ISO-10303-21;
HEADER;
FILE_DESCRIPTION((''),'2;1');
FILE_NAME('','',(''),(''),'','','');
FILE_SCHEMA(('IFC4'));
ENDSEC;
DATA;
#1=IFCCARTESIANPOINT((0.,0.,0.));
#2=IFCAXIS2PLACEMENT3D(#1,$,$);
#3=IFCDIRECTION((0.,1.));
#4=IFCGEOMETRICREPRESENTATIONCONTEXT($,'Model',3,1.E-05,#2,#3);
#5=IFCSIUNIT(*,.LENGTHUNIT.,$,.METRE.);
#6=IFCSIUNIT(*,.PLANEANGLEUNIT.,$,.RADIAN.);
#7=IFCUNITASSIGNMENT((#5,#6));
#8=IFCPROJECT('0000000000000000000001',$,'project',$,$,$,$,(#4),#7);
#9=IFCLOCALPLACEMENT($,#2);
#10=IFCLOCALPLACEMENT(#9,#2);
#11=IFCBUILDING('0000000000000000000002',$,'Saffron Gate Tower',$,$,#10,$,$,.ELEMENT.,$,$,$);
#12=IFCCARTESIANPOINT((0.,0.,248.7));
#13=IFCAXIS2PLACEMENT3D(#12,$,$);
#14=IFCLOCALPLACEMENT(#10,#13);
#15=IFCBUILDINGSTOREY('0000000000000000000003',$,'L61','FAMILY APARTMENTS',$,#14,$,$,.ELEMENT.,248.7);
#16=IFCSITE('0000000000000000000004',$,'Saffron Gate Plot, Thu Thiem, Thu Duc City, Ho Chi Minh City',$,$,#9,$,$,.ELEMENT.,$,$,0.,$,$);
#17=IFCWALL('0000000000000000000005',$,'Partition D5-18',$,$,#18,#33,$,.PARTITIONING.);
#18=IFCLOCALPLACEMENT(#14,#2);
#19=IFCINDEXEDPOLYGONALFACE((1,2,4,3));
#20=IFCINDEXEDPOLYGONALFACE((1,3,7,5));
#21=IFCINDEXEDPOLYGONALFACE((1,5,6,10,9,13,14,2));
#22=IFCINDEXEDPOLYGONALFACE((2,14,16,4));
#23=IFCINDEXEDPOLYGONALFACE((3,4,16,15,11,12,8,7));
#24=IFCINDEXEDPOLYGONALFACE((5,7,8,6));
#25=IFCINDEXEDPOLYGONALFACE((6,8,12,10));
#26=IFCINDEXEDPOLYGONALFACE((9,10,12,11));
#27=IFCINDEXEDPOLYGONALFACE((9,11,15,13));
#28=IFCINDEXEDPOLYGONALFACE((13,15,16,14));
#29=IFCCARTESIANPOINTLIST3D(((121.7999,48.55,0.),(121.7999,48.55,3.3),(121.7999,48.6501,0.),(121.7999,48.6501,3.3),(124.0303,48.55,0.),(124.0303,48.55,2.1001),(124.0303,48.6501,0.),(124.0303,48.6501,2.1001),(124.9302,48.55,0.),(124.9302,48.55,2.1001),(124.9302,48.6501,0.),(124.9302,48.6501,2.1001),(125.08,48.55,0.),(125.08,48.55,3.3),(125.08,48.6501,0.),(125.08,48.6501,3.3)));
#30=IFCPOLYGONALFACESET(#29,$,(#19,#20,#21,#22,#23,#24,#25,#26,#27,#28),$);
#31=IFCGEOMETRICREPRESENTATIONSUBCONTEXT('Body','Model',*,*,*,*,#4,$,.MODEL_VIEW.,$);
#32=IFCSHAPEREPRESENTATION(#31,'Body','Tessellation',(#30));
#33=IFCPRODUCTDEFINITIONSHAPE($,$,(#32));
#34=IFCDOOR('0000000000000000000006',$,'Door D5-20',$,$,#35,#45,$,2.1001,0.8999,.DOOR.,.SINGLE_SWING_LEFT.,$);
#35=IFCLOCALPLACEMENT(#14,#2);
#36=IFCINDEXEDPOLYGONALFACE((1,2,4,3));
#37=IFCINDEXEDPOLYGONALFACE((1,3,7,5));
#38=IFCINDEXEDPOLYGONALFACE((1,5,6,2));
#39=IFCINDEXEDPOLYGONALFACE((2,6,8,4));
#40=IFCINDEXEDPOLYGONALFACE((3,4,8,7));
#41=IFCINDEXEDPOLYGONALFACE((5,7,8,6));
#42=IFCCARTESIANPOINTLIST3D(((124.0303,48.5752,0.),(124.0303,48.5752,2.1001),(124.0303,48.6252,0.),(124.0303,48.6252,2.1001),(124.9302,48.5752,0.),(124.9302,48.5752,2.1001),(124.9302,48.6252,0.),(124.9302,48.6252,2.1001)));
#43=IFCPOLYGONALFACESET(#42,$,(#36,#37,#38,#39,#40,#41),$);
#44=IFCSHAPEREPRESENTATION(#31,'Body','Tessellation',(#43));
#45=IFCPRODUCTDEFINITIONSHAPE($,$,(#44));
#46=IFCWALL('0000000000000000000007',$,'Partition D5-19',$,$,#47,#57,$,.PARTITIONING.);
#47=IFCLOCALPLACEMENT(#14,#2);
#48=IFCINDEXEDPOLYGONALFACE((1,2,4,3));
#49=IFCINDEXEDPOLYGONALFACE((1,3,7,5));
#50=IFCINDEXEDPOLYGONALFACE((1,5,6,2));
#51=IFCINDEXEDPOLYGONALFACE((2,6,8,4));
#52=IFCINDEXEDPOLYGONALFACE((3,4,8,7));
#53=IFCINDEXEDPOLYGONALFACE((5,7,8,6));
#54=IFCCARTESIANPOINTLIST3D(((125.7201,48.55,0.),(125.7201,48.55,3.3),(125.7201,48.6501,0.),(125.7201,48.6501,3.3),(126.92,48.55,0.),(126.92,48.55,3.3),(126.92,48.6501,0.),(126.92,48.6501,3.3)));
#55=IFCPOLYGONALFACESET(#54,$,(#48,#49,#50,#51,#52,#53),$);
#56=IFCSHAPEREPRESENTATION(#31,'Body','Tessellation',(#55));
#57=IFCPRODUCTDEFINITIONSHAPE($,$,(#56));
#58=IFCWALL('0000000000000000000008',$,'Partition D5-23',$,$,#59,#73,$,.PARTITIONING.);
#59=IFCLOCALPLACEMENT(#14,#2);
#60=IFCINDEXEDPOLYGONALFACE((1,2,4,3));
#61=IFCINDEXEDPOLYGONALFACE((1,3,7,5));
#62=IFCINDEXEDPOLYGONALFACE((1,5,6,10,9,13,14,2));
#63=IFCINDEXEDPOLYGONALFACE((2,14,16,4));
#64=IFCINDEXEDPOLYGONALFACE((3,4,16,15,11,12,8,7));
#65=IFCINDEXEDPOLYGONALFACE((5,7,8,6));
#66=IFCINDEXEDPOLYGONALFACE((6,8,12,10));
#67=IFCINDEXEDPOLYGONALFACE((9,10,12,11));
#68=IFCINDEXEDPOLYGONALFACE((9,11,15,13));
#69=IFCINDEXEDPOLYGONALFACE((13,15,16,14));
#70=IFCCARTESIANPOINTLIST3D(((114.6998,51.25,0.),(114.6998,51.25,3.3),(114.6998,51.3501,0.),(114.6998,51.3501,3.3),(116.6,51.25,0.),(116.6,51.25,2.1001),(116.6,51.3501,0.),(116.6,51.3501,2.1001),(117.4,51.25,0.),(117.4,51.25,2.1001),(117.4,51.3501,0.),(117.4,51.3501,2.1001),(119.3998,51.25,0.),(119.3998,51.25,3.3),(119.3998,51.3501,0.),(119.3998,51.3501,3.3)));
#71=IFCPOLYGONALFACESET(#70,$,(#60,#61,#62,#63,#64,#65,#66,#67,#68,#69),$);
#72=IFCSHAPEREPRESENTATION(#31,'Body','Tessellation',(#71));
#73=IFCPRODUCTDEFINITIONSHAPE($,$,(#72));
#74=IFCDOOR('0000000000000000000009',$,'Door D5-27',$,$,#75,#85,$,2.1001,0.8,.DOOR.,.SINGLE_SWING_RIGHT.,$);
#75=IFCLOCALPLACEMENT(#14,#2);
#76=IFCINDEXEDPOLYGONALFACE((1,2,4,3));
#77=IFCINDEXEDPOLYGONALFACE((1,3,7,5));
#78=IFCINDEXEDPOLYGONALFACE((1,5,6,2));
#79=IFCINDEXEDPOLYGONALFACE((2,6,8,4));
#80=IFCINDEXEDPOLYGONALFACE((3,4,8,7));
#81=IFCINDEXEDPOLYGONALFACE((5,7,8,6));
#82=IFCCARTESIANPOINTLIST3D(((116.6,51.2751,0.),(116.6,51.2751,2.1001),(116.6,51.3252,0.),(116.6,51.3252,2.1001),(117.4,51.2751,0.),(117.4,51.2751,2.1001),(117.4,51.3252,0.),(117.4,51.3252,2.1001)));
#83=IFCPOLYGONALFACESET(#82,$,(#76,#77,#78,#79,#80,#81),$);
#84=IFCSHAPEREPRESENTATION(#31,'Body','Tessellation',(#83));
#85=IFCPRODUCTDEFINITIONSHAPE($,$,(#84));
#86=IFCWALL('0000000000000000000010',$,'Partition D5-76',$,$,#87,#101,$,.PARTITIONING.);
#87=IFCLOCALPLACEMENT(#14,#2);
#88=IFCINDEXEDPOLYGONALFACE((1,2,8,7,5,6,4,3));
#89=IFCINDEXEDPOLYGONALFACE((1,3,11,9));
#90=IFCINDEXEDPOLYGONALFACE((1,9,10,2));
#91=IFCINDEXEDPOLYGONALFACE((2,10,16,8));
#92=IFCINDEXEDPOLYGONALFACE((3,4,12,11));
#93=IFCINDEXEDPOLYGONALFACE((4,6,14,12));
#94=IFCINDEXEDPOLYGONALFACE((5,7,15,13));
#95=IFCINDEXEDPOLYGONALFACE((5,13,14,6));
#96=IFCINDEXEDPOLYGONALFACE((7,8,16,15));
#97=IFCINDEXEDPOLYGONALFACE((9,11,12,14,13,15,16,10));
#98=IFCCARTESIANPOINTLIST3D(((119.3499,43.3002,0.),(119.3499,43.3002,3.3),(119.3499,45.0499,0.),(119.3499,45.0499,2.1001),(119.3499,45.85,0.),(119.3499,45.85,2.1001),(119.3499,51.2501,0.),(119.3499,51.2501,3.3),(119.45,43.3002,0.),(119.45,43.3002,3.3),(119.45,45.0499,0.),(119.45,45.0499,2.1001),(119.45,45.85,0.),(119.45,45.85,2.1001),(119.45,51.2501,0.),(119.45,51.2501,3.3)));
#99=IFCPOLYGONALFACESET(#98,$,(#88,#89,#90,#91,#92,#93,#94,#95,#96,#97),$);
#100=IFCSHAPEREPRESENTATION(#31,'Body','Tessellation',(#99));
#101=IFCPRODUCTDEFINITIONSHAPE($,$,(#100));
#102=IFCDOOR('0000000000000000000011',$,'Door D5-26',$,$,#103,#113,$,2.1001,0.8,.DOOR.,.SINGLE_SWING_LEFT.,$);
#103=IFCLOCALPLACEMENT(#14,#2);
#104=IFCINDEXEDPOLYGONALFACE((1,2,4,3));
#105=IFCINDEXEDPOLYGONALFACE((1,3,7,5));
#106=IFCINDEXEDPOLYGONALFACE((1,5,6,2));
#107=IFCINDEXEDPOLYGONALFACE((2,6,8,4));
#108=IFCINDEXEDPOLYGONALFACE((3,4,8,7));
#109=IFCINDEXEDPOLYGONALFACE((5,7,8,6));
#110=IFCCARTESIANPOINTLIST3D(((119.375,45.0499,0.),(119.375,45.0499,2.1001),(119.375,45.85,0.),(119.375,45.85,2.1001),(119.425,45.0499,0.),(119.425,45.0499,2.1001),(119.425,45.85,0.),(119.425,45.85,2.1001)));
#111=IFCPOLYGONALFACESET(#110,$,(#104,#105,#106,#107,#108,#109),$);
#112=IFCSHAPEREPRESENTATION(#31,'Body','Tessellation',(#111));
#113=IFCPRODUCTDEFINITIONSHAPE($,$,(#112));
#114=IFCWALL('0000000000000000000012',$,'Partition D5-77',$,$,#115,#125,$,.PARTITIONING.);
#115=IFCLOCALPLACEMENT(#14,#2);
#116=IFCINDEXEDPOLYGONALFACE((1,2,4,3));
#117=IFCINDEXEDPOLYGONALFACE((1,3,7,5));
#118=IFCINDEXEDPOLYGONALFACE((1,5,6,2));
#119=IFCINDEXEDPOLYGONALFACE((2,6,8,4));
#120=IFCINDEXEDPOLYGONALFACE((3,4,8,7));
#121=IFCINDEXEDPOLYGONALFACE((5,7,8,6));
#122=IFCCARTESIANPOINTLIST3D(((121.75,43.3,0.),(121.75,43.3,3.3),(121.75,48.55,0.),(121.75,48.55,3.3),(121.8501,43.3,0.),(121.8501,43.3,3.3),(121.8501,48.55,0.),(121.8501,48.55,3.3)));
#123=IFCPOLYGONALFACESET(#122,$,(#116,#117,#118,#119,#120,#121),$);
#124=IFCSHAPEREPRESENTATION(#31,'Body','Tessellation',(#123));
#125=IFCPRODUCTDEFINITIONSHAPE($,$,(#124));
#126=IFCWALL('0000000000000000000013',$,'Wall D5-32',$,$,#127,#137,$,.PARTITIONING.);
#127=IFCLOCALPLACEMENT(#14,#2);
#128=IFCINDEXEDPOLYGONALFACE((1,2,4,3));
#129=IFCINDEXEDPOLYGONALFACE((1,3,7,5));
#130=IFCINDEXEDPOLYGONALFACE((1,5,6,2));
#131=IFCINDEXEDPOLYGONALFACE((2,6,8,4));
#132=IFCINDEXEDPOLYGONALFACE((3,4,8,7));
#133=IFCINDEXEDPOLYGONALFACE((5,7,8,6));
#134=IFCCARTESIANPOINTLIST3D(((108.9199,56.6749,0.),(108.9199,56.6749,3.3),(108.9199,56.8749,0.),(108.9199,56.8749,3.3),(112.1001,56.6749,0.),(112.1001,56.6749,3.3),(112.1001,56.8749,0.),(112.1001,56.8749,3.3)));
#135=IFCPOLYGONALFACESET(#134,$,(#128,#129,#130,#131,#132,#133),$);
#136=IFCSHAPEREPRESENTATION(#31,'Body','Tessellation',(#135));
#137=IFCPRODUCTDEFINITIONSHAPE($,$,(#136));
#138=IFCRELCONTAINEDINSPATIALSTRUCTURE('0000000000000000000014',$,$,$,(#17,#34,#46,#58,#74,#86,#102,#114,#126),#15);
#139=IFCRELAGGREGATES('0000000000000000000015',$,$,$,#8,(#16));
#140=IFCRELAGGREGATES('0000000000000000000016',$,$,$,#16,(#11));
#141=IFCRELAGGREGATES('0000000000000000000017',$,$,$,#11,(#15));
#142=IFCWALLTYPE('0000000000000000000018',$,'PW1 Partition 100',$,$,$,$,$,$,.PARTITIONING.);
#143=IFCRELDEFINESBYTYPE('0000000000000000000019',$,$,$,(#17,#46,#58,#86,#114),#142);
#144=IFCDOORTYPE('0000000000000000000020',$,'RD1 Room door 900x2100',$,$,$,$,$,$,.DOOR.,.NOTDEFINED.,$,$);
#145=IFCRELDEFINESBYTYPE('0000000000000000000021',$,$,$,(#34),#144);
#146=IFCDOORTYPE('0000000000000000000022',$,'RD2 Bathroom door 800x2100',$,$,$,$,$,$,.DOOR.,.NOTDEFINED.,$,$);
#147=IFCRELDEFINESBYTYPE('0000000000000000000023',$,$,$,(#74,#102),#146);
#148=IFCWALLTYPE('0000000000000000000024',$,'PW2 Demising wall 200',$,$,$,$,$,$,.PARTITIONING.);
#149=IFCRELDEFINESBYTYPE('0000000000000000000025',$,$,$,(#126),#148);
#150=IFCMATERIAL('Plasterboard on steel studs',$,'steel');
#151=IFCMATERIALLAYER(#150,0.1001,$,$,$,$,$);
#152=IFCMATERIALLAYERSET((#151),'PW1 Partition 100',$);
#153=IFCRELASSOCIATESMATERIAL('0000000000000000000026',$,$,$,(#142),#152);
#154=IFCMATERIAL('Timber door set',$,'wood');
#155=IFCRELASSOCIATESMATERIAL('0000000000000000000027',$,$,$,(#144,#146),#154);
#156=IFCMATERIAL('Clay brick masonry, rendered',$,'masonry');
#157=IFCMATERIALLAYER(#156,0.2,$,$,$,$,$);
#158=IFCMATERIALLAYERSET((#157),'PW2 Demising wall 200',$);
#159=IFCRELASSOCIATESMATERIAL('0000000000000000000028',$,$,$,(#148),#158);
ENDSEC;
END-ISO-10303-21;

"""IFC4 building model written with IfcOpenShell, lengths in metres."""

from ifc_helpers import new_model, si_unit, direction, frame, frame_2d, origin, place, context, subcontext, project, spatial, rectangle, extrude, material, layer, layer_set, type_object, element, fill, save


model = new_model("IFC4")

# Units and contexts
model_context = context("Model", 3, precision=1e-05, world=origin(), true_north=direction((0.0, 1.0)))
body_context = subcontext(model_context, "Body", "Model", "MODEL_VIEW")
ifc_project = project(units=[si_unit("LENGTHUNIT", "METRE"), si_unit("PLANEANGLEUNIT", "RADIAN")], contexts=[model_context])

# Site, building, storey
site_placement = place(None, origin())
site = spatial("IfcSite", under=ifc_project, at=site_placement, Name="Saffron Gate Plot, Thu Thiem, Thu Duc City, Ho Chi Minh City", CompositionType="ELEMENT", RefElevation=0.0)
building_placement = place(site_placement, origin())
building = spatial("IfcBuilding", under=site, at=building_placement, Name="Saffron Gate Tower", CompositionType="ELEMENT")
storey_placement = place(building_placement, frame((0.0, 0.0, 248.7)))
storey = spatial("IfcBuildingStorey", under=building, at=storey_placement, Name="L61", Description="FAMILY APARTMENTS", CompositionType="ELEMENT", Elevation=248.7)

# Shared definitions
ifc_material_1 = material(Name="Plasterboard on steel studs", Category="steel")
ifc_layer_1 = layer(ifc_material_1, 0.1001)
ifc_layer_set_1 = layer_set([ifc_layer_1], Name="PW1 Partition 100")
wall_type_1 = type_object("IfcWallType", Name="PW1 Partition 100", PredefinedType="PARTITIONING", material=ifc_layer_set_1)

# Wall, opening, door
wall_1_placement = place(storey_placement, frame((125.0801, 48.6001, 0.0), z_axis=(0.0, 0.0, 1.0), x_axis=(-1.0, 0.0, 0.0)))
wall_1 = element("IfcWall", 1, at=wall_1_placement, inside=storey, type_object=wall_type_1, Name="Partition D5-18", PredefinedType="PARTITIONING", context=body_context, shape_type="SweptSolid", body=[
    extrude(rectangle(XDim=3.28, YDim=0.1001, at=frame_2d((1.6401, 0.0))), origin(), (0.0, 0.0, 1.0), 3.3),
])
opening_1_placement = place(wall_1_placement, frame((0.1499, 0.0, 0.0)))
opening_1 = element("IfcOpeningElement", 2, at=opening_1_placement, cuts=wall_1, PredefinedType="OPENING", context=body_context, shape_type="SweptSolid", body=[
    extrude(rectangle(XDim=0.8999, YDim=2.1001, at=frame_2d((0.45, 1.05))), frame((0.0, 0.0601, 0.0), z_axis=(0.0, -1.0, 0.0), x_axis=(1.0, 0.0, 0.0)), (0.0, 0.0, 1.0), 0.1201),
])
ifc_material_2 = material(Name="Timber door set", Category="wood")
door_type_1 = type_object("IfcDoorType", Name="RD1 Room door 900x2100", OperationType="NOTDEFINED", PredefinedType="DOOR", material=ifc_material_2)
door_1_placement = place(opening_1_placement, origin())
door_1 = element("IfcDoor", 3, at=door_1_placement, inside=storey, type_object=door_type_1, Name="Door D5-20", OperationType="SINGLE_SWING_LEFT", OverallHeight=2.1001, OverallWidth=0.8999, PredefinedType="DOOR", context=body_context, shape_type="SweptSolid", body=[
    extrude(rectangle(XDim=0.8999, YDim=2.1001, at=frame_2d((0.45, 1.05))), frame((0.0, 0.0249, 0.0), z_axis=(0.0, -1.0, 0.0), x_axis=(1.0, 0.0, 0.0)), (0.0, 0.0, 1.0), 0.05),
])
fill(opening_1, door_1)

# Wall
wall_2_placement = place(storey_placement, frame((125.72, 48.6001, 0.0), z_axis=(0.0, 0.0, 1.0), x_axis=(1.0, 0.0, 0.0)))
element("IfcWall", 4, at=wall_2_placement, inside=storey, type_object=wall_type_1, Name="Partition D5-19", PredefinedType="PARTITIONING", context=body_context, shape_type="SweptSolid", body=[
    extrude(rectangle(XDim=1.2, YDim=0.1001, at=frame_2d((0.6001, 0.0))), origin(), (0.0, 0.0, 1.0), 3.3),
])

# Wall, opening, door
wall_3_placement = place(storey_placement, frame((119.3999, 51.3, 0.0), z_axis=(0.0, 0.0, 1.0), x_axis=(-1.0, 0.0, 0.0)))
wall_3 = element("IfcWall", 5, at=wall_3_placement, inside=storey, type_object=wall_type_1, Name="Partition D5-23", PredefinedType="PARTITIONING", context=body_context, shape_type="SweptSolid", body=[
    extrude(rectangle(XDim=4.7, YDim=0.1001, at=frame_2d((2.3501, 0.0))), origin(), (0.0, 0.0, 1.0), 3.3),
])
opening_2_placement = place(wall_3_placement, frame((2.0, 0.0, 0.0)))
opening_2 = element("IfcOpeningElement", 6, at=opening_2_placement, cuts=wall_3, PredefinedType="OPENING", context=body_context, shape_type="SweptSolid", body=[
    extrude(rectangle(XDim=0.8, YDim=2.1001, at=frame_2d((0.3999, 1.05))), frame((0.0, 0.0601, 0.0), z_axis=(0.0, -1.0, 0.0), x_axis=(1.0, 0.0, 0.0)), (0.0, 0.0, 1.0), 0.1201),
])
door_type_2 = type_object("IfcDoorType", Name="RD2 Bathroom door 800x2100", OperationType="NOTDEFINED", PredefinedType="DOOR", material=ifc_material_2)
door_2_placement = place(opening_2_placement, origin())
door_2 = element("IfcDoor", 7, at=door_2_placement, inside=storey, type_object=door_type_2, Name="Door D5-27", OperationType="SINGLE_SWING_RIGHT", OverallHeight=2.1001, OverallWidth=0.8, PredefinedType="DOOR", context=body_context, shape_type="SweptSolid", body=[
    extrude(rectangle(XDim=0.8, YDim=2.1001, at=frame_2d((0.3999, 1.05))), frame((0.0, 0.0249, 0.0), z_axis=(0.0, -1.0, 0.0), x_axis=(1.0, 0.0, 0.0)), (0.0, 0.0, 1.0), 0.05),
])
fill(opening_2, door_2)

# Wall, opening, door
wall_4_placement = place(storey_placement, frame((119.3999, 43.3, 0.0), z_axis=(0.0, 0.0, 1.0), x_axis=(0.0, 1.0, 0.0)))
wall_4 = element("IfcWall", 8, at=wall_4_placement, inside=storey, type_object=wall_type_1, Name="Partition D5-76", PredefinedType="PARTITIONING", context=body_context, shape_type="SweptSolid", body=[
    extrude(rectangle(XDim=7.95, YDim=0.1001, at=frame_2d((3.9751, 0.0))), origin(), (0.0, 0.0, 1.0), 3.3),
])
opening_3_placement = place(wall_4_placement, frame((1.75, 0.0, 0.0)))
opening_3 = element("IfcOpeningElement", 9, at=opening_3_placement, cuts=wall_4, PredefinedType="OPENING", context=body_context, shape_type="SweptSolid", body=[
    extrude(rectangle(XDim=0.8, YDim=2.1001, at=frame_2d((0.3999, 1.05))), frame((0.0, 0.0601, 0.0), z_axis=(0.0, -1.0, 0.0), x_axis=(1.0, 0.0, 0.0)), (0.0, 0.0, 1.0), 0.1201),
])
door_3_placement = place(opening_3_placement, origin())
door_3 = element("IfcDoor", 10, at=door_3_placement, inside=storey, type_object=door_type_2, Name="Door D5-26", OperationType="SINGLE_SWING_LEFT", OverallHeight=2.1001, OverallWidth=0.8, PredefinedType="DOOR", context=body_context, shape_type="SweptSolid", body=[
    extrude(rectangle(XDim=0.8, YDim=2.1001, at=frame_2d((0.3999, 1.05))), frame((0.0, 0.0249, 0.0), z_axis=(0.0, -1.0, 0.0), x_axis=(1.0, 0.0, 0.0)), (0.0, 0.0, 1.0), 0.05),
])
fill(opening_3, door_3)

# Walls
wall_5_placement = place(storey_placement, frame((121.8, 48.55, 0.0), z_axis=(0.0, 0.0, 1.0), x_axis=(0.0, -1.0, 0.0)))
element("IfcWall", 11, at=wall_5_placement, inside=storey, type_object=wall_type_1, Name="Partition D5-77", PredefinedType="PARTITIONING", context=body_context, shape_type="SweptSolid", body=[
    extrude(rectangle(XDim=5.25, YDim=0.1001, at=frame_2d((2.625, 0.0))), origin(), (0.0, 0.0, 1.0), 3.3),
])
ifc_material_3 = material(Name="Clay brick masonry, rendered", Category="masonry")
ifc_layer_2 = layer(ifc_material_3, 0.2)
ifc_layer_set_2 = layer_set([ifc_layer_2], Name="PW2 Demising wall 200")
wall_type_2 = type_object("IfcWallType", Name="PW2 Demising wall 200", PredefinedType="PARTITIONING", material=ifc_layer_set_2)
wall_6_placement = place(storey_placement, frame((108.9199, 56.7749, 0.0), z_axis=(0.0, 0.0, 1.0), x_axis=(1.0, 0.0, 0.0)))
element("IfcWall", 12, at=wall_6_placement, inside=storey, type_object=wall_type_2, Name="Wall D5-32", PredefinedType="PARTITIONING", context=body_context, shape_type="SweptSolid", body=[
    extrude(rectangle(XDim=3.1802, YDim=0.2, at=frame_2d((1.5901, 0.0))), origin(), (0.0, 0.0, 1.0), 3.3),
])

save(model, "model.ifc")
